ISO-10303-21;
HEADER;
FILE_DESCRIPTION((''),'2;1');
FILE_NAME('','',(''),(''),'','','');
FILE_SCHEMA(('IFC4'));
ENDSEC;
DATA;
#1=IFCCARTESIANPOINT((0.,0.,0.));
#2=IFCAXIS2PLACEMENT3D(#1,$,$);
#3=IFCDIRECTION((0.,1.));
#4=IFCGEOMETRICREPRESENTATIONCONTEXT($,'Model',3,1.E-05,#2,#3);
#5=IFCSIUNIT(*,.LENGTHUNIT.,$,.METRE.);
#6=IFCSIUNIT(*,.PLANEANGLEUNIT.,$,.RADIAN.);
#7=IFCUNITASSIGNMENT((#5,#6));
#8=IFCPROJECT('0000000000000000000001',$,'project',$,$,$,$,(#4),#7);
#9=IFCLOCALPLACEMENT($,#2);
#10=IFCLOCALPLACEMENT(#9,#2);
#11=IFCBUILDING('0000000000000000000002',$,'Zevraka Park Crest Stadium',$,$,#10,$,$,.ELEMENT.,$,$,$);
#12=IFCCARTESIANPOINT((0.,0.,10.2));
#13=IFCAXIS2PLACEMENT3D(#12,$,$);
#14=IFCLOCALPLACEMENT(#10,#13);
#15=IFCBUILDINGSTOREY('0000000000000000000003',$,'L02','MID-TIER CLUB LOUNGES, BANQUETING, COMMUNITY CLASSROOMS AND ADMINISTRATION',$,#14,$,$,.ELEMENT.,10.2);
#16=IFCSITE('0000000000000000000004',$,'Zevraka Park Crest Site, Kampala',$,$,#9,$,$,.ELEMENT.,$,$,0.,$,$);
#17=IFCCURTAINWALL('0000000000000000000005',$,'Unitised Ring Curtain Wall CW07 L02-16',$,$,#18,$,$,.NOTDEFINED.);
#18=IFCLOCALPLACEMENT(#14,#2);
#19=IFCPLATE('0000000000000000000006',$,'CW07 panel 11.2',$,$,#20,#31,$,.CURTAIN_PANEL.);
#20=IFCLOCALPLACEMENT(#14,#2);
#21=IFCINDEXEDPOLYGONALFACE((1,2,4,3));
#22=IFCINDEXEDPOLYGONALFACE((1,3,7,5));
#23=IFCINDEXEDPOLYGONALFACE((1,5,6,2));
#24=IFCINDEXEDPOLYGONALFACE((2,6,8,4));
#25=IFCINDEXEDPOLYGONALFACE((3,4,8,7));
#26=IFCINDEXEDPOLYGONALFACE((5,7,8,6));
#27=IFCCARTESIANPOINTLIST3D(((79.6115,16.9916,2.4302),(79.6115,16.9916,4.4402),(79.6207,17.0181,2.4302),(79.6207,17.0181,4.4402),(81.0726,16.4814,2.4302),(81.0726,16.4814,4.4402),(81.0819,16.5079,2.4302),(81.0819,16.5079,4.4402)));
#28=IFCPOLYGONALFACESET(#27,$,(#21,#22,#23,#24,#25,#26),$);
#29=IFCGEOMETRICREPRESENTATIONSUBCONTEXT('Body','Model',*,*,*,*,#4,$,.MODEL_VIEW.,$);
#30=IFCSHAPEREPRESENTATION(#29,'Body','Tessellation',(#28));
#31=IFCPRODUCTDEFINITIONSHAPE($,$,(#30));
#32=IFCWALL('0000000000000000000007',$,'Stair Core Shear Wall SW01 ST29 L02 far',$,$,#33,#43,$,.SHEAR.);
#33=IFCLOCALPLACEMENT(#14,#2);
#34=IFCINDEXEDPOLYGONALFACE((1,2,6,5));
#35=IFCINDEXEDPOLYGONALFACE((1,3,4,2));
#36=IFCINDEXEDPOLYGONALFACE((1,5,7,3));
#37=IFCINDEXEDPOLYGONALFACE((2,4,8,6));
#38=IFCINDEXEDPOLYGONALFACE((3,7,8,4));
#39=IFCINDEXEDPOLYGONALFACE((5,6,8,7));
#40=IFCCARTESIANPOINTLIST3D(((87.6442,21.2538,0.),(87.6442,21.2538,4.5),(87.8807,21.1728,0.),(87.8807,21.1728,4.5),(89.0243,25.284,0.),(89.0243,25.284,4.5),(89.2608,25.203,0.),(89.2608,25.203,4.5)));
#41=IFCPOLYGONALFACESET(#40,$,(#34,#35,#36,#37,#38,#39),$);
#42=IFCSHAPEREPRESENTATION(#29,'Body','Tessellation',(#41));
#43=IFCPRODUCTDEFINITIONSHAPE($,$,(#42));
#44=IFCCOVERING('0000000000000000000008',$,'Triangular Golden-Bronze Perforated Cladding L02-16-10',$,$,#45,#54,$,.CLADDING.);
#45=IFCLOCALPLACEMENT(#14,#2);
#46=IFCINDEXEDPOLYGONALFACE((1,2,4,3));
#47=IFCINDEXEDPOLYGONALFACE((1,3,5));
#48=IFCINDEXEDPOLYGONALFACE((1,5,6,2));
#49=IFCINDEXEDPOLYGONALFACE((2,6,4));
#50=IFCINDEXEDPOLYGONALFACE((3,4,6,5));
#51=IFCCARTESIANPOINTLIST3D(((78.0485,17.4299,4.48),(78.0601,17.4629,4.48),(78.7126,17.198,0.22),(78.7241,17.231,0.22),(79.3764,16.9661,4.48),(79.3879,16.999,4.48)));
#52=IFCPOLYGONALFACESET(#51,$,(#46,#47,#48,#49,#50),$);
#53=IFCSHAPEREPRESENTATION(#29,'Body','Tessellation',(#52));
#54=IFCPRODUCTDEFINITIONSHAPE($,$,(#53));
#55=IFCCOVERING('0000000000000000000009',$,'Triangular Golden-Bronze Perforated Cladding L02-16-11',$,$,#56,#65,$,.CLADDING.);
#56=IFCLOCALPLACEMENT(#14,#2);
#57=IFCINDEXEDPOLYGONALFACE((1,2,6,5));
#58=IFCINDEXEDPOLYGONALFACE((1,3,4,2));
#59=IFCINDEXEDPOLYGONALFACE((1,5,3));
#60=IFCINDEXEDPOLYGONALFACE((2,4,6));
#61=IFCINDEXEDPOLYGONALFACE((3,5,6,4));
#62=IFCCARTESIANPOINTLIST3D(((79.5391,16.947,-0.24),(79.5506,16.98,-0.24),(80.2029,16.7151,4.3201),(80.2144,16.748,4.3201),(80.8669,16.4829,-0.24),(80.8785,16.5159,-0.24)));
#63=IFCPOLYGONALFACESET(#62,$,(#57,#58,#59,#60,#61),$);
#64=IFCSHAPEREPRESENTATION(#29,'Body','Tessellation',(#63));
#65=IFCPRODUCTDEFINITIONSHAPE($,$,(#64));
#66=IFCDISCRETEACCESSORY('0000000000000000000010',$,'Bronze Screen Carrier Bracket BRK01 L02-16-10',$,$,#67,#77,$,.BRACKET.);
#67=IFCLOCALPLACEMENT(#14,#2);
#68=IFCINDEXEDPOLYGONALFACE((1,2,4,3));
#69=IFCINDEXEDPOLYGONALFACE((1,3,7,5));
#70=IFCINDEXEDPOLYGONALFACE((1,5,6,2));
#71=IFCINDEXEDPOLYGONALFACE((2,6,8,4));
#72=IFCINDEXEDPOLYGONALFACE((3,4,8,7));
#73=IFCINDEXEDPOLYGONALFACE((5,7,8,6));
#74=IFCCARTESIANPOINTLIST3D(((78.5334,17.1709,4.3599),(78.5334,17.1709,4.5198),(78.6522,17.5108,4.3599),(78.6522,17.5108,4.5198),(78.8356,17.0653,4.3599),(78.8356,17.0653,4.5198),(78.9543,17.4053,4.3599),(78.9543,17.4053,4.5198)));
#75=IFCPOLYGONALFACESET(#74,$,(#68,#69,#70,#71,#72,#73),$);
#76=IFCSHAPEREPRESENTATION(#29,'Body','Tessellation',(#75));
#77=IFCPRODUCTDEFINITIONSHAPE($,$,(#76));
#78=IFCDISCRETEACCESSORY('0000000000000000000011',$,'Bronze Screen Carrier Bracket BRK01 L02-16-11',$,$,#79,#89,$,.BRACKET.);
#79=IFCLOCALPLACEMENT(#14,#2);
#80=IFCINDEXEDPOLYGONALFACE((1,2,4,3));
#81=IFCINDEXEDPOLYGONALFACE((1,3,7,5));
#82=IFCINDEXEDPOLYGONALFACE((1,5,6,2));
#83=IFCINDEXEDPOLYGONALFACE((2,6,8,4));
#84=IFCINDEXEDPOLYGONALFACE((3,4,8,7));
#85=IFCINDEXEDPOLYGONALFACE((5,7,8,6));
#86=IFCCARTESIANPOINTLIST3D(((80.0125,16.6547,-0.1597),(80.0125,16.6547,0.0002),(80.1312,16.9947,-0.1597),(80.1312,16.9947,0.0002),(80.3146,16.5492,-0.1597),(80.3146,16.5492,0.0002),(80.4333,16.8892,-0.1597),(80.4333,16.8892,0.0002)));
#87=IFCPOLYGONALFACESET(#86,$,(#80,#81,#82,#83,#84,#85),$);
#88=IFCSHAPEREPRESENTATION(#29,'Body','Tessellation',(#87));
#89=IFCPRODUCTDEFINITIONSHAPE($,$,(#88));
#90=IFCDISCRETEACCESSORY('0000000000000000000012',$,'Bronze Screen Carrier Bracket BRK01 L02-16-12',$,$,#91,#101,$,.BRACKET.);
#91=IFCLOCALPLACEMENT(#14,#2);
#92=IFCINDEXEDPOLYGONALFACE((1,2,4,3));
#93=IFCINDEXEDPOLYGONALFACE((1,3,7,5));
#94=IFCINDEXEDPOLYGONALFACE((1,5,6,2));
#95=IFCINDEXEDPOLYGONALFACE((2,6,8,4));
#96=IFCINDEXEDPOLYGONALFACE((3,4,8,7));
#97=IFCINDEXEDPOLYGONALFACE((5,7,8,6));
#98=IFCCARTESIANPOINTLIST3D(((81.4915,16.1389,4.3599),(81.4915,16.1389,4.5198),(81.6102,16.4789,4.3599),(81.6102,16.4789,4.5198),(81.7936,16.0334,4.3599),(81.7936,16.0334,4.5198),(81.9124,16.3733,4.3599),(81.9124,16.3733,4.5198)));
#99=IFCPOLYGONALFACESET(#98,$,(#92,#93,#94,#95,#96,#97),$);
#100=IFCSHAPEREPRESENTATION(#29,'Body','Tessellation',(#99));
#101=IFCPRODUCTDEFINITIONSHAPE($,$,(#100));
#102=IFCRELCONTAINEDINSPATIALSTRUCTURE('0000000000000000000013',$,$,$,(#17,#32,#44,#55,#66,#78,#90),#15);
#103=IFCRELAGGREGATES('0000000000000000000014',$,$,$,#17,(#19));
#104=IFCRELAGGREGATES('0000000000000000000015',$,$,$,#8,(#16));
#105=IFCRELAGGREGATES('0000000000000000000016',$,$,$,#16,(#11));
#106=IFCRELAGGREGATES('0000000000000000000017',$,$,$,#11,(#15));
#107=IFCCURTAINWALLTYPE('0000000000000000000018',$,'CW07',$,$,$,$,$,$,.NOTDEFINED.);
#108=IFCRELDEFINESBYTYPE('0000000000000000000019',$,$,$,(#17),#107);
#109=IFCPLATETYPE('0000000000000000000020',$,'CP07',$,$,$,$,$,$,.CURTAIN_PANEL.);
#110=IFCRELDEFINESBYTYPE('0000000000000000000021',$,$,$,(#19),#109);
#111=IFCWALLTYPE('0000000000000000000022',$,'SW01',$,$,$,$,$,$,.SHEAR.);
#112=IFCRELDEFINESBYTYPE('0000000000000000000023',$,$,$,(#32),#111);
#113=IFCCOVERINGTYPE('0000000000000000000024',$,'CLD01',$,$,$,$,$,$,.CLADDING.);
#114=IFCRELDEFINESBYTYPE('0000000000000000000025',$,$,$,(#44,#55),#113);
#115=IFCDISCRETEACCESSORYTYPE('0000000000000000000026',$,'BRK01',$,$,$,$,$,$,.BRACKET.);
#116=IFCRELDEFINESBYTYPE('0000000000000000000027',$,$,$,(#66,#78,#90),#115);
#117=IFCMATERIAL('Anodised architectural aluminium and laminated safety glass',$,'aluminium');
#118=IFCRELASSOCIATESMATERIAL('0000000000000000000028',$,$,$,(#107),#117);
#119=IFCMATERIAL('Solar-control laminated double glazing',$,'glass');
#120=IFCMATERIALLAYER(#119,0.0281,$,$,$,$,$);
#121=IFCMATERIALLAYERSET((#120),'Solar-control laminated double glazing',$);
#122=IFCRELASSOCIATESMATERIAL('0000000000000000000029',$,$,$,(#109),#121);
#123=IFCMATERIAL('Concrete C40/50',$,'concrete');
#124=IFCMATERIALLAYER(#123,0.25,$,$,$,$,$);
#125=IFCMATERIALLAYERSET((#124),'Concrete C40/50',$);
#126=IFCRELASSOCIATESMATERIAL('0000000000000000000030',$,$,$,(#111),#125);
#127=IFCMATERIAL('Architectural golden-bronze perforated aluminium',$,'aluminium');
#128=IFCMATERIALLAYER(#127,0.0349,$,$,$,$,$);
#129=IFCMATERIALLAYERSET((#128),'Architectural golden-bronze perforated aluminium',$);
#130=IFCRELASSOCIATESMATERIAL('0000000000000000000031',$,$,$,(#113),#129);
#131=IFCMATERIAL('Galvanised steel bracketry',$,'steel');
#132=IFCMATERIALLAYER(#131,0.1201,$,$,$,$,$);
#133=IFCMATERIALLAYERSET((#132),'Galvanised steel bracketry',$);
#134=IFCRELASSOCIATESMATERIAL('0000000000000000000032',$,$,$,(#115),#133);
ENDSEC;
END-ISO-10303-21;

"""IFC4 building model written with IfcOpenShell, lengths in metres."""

from ifc_helpers import new_model, si_unit, direction, frame, frame_2d, origin, origin_2d, place, context, subcontext, project, spatial, polyline, rectangle, outline, extrude, material, layer, layer_set, type_object, element, aggregate, save


model = new_model("IFC4")

# Units and contexts
model_context = context("Model", 3, precision=1e-05, world=origin(), true_north=direction((0.0, 1.0)))
body_context = subcontext(model_context, "Body", "Model", "MODEL_VIEW")
ifc_project = project(units=[si_unit("LENGTHUNIT", "METRE"), si_unit("PLANEANGLEUNIT", "RADIAN")], contexts=[model_context])

# Site, building, storey
site_placement = place(None, origin())
site = spatial("IfcSite", under=ifc_project, at=site_placement, Name="Zevraka Park Crest Site, Kampala", CompositionType="ELEMENT", RefElevation=0.0)
building_placement = place(site_placement, origin())
building = spatial("IfcBuilding", under=site, at=building_placement, Name="Zevraka Park Crest Stadium", CompositionType="ELEMENT")
storey_placement = place(building_placement, frame((0.0, 0.0, 10.2)))
storey = spatial("IfcBuildingStorey", under=building, at=storey_placement, Name="L02", Description="MID-TIER CLUB LOUNGES, BANQUETING, COMMUNITY CLASSROOMS AND ADMINISTRATION", CompositionType="ELEMENT", Elevation=10.2)

# Curtain wall, plate
ifc_material_1 = material(Name="Anodised architectural aluminium and laminated safety glass", Category="aluminium")
curtain_wall_type = type_object("IfcCurtainWallType", Name="CW07", PredefinedType="NOTDEFINED", material=ifc_material_1)
curtain_wall_placement = place(storey_placement, origin())
curtain_wall = element("IfcCurtainWall", 1, at=curtain_wall_placement, inside=storey, type_object=curtain_wall_type, Name="Unitised Ring Curtain Wall CW07 L02-16", PredefinedType="NOTDEFINED")
ifc_material_2 = material(Name="Solar-control laminated double glazing", Category="glass")
ifc_layer_1 = layer(ifc_material_2, 0.0281)
ifc_layer_set_1 = layer_set([ifc_layer_1], Name="Solar-control laminated double glazing")
plate_type = type_object("IfcPlateType", Name="CP07", PredefinedType="CURTAIN_PANEL", material=ifc_layer_set_1)
plate_1_placement = place(storey_placement, frame((80.3467, 16.7498, 2.4302), z_axis=(0.0, 0.0, 1.0), x_axis=(0.944114, -0.329619, 0.0)))
plate_1 = element("IfcPlate", 2, at=plate_1_placement, type_object=plate_type, Name="CW07 panel 11.2", PredefinedType="CURTAIN_PANEL", context=body_context, shape_type="SweptSolid", body=[
    extrude(rectangle(XDim=1.5476, YDim=0.0281, at=origin_2d()), origin(), (0.0, 0.0, 1.0), 2.01),
])
aggregate(curtain_wall, [plate_1])

# Wall
ifc_material_3 = material(Name="Concrete C40/50", Category="concrete")
ifc_layer_2 = layer(ifc_material_3, 0.25)
ifc_layer_set_2 = layer_set([ifc_layer_2], Name="Concrete C40/50")
wall_type = type_object("IfcWallType", Name="SW01", PredefinedType="SHEAR", material=ifc_layer_set_2)
wall_placement = place(storey_placement, frame((87.7625, 21.2134, 0.0), z_axis=(0.0, 0.0, 1.0), x_axis=(0.323971, 0.946067, 0.0)))
element("IfcWall", 3, at=wall_placement, inside=storey, type_object=wall_type, Name="Stair Core Shear Wall SW01 ST29 L02 far", PredefinedType="SHEAR", context=body_context, shape_type="SweptSolid", body=[
    extrude(rectangle(XDim=4.26, YDim=0.25, at=frame_2d((2.1299, 0.0))), origin(), (0.0, 0.0, 1.0), 4.5),
])

# Coverings
ifc_material_4 = material(Name="Architectural golden-bronze perforated aluminium", Category="aluminium")
ifc_layer_3 = layer(ifc_material_4, 0.0349)
ifc_layer_set_3 = layer_set([ifc_layer_3], Name="Architectural golden-bronze perforated aluminium")
covering_type = type_object("IfcCoveringType", Name="CLD01", PredefinedType="CLADDING", material=ifc_layer_set_3)
covering_1_placement = place(storey_placement, frame((79.3879, 16.999, 4.48), z_axis=(0.329786, 0.944056, 0.000009), x_axis=(-0.944056, 0.329786, 0.0)))
element("IfcCovering", 4, at=covering_1_placement, inside=storey, type_object=covering_type, Name="Triangular Golden-Bronze Perforated Cladding L02-16-10", PredefinedType="CLADDING", context=body_context, shape_type="SweptSolid", body=[
    extrude(outline(polyline([(0.0, 0.0), (1.4066, 0.0), (0.7032, -4.26), (0.0, 0.0)])), origin(), (0.0, 0.0, -1.0), 0.0349),
])
covering_2_placement = place(storey_placement, frame((79.5391, 16.947, -0.24), z_axis=(-0.329941, -0.944002, 0.000016), x_axis=(0.944002, -0.329941, 0.0)))
element("IfcCovering", 5, at=covering_2_placement, inside=storey, type_object=covering_type, Name="Triangular Golden-Bronze Perforated Cladding L02-16-11", PredefinedType="CLADDING", context=body_context, shape_type="SweptSolid", body=[
    extrude(outline(polyline([(0.0, 0.0), (1.4067, 0.0), (0.7032, 4.5601), (0.0, 0.0)])), origin(), (0.0, 0.0, -1.0), 0.0349),
])

# Discrete accessories
ifc_material_5 = material(Name="Galvanised steel bracketry", Category="steel")
ifc_layer_4 = layer(ifc_material_5, 0.1201)
ifc_layer_set_4 = layer_set([ifc_layer_4], Name="Galvanised steel bracketry")
discrete_accessory_type = type_object("IfcDiscreteAccessoryType", Name="BRK01", PredefinedType="BRACKET", material=ifc_layer_set_4)
for number, where, z_axis, x_axis, name in (
    (6, (78.7439, 17.2881, 4.3599), (0.0, 0.0, 1.0), (0.944089, -0.329691, 0.0), "Bronze Screen Carrier Bracket BRK01 L02-16-10"),
    (7, (80.2229, 16.772, -0.1597), (0.0, 0.0, 1.0), (0.944089, -0.329691, 0.0), "Bronze Screen Carrier Bracket BRK01 L02-16-11"),
    (8, (81.7019, 16.2561, 4.3599), (0.0, 0.0, 1.0), (0.944089, -0.329691, 0.0), "Bronze Screen Carrier Bracket BRK01 L02-16-12"),
):
    element("IfcDiscreteAccessory", number, at=place(storey_placement, frame(where, z_axis=z_axis, x_axis=x_axis)), inside=storey, type_object=discrete_accessory_type, Name=name, PredefinedType="BRACKET", context=body_context, shape_type="SweptSolid", body=[
        extrude(rectangle(XDim=0.3201, YDim=0.3601, at=origin_2d()), origin(), (0.0, 0.0, 1.0), 0.1599),
    ])

save(model, "model.ifc")
